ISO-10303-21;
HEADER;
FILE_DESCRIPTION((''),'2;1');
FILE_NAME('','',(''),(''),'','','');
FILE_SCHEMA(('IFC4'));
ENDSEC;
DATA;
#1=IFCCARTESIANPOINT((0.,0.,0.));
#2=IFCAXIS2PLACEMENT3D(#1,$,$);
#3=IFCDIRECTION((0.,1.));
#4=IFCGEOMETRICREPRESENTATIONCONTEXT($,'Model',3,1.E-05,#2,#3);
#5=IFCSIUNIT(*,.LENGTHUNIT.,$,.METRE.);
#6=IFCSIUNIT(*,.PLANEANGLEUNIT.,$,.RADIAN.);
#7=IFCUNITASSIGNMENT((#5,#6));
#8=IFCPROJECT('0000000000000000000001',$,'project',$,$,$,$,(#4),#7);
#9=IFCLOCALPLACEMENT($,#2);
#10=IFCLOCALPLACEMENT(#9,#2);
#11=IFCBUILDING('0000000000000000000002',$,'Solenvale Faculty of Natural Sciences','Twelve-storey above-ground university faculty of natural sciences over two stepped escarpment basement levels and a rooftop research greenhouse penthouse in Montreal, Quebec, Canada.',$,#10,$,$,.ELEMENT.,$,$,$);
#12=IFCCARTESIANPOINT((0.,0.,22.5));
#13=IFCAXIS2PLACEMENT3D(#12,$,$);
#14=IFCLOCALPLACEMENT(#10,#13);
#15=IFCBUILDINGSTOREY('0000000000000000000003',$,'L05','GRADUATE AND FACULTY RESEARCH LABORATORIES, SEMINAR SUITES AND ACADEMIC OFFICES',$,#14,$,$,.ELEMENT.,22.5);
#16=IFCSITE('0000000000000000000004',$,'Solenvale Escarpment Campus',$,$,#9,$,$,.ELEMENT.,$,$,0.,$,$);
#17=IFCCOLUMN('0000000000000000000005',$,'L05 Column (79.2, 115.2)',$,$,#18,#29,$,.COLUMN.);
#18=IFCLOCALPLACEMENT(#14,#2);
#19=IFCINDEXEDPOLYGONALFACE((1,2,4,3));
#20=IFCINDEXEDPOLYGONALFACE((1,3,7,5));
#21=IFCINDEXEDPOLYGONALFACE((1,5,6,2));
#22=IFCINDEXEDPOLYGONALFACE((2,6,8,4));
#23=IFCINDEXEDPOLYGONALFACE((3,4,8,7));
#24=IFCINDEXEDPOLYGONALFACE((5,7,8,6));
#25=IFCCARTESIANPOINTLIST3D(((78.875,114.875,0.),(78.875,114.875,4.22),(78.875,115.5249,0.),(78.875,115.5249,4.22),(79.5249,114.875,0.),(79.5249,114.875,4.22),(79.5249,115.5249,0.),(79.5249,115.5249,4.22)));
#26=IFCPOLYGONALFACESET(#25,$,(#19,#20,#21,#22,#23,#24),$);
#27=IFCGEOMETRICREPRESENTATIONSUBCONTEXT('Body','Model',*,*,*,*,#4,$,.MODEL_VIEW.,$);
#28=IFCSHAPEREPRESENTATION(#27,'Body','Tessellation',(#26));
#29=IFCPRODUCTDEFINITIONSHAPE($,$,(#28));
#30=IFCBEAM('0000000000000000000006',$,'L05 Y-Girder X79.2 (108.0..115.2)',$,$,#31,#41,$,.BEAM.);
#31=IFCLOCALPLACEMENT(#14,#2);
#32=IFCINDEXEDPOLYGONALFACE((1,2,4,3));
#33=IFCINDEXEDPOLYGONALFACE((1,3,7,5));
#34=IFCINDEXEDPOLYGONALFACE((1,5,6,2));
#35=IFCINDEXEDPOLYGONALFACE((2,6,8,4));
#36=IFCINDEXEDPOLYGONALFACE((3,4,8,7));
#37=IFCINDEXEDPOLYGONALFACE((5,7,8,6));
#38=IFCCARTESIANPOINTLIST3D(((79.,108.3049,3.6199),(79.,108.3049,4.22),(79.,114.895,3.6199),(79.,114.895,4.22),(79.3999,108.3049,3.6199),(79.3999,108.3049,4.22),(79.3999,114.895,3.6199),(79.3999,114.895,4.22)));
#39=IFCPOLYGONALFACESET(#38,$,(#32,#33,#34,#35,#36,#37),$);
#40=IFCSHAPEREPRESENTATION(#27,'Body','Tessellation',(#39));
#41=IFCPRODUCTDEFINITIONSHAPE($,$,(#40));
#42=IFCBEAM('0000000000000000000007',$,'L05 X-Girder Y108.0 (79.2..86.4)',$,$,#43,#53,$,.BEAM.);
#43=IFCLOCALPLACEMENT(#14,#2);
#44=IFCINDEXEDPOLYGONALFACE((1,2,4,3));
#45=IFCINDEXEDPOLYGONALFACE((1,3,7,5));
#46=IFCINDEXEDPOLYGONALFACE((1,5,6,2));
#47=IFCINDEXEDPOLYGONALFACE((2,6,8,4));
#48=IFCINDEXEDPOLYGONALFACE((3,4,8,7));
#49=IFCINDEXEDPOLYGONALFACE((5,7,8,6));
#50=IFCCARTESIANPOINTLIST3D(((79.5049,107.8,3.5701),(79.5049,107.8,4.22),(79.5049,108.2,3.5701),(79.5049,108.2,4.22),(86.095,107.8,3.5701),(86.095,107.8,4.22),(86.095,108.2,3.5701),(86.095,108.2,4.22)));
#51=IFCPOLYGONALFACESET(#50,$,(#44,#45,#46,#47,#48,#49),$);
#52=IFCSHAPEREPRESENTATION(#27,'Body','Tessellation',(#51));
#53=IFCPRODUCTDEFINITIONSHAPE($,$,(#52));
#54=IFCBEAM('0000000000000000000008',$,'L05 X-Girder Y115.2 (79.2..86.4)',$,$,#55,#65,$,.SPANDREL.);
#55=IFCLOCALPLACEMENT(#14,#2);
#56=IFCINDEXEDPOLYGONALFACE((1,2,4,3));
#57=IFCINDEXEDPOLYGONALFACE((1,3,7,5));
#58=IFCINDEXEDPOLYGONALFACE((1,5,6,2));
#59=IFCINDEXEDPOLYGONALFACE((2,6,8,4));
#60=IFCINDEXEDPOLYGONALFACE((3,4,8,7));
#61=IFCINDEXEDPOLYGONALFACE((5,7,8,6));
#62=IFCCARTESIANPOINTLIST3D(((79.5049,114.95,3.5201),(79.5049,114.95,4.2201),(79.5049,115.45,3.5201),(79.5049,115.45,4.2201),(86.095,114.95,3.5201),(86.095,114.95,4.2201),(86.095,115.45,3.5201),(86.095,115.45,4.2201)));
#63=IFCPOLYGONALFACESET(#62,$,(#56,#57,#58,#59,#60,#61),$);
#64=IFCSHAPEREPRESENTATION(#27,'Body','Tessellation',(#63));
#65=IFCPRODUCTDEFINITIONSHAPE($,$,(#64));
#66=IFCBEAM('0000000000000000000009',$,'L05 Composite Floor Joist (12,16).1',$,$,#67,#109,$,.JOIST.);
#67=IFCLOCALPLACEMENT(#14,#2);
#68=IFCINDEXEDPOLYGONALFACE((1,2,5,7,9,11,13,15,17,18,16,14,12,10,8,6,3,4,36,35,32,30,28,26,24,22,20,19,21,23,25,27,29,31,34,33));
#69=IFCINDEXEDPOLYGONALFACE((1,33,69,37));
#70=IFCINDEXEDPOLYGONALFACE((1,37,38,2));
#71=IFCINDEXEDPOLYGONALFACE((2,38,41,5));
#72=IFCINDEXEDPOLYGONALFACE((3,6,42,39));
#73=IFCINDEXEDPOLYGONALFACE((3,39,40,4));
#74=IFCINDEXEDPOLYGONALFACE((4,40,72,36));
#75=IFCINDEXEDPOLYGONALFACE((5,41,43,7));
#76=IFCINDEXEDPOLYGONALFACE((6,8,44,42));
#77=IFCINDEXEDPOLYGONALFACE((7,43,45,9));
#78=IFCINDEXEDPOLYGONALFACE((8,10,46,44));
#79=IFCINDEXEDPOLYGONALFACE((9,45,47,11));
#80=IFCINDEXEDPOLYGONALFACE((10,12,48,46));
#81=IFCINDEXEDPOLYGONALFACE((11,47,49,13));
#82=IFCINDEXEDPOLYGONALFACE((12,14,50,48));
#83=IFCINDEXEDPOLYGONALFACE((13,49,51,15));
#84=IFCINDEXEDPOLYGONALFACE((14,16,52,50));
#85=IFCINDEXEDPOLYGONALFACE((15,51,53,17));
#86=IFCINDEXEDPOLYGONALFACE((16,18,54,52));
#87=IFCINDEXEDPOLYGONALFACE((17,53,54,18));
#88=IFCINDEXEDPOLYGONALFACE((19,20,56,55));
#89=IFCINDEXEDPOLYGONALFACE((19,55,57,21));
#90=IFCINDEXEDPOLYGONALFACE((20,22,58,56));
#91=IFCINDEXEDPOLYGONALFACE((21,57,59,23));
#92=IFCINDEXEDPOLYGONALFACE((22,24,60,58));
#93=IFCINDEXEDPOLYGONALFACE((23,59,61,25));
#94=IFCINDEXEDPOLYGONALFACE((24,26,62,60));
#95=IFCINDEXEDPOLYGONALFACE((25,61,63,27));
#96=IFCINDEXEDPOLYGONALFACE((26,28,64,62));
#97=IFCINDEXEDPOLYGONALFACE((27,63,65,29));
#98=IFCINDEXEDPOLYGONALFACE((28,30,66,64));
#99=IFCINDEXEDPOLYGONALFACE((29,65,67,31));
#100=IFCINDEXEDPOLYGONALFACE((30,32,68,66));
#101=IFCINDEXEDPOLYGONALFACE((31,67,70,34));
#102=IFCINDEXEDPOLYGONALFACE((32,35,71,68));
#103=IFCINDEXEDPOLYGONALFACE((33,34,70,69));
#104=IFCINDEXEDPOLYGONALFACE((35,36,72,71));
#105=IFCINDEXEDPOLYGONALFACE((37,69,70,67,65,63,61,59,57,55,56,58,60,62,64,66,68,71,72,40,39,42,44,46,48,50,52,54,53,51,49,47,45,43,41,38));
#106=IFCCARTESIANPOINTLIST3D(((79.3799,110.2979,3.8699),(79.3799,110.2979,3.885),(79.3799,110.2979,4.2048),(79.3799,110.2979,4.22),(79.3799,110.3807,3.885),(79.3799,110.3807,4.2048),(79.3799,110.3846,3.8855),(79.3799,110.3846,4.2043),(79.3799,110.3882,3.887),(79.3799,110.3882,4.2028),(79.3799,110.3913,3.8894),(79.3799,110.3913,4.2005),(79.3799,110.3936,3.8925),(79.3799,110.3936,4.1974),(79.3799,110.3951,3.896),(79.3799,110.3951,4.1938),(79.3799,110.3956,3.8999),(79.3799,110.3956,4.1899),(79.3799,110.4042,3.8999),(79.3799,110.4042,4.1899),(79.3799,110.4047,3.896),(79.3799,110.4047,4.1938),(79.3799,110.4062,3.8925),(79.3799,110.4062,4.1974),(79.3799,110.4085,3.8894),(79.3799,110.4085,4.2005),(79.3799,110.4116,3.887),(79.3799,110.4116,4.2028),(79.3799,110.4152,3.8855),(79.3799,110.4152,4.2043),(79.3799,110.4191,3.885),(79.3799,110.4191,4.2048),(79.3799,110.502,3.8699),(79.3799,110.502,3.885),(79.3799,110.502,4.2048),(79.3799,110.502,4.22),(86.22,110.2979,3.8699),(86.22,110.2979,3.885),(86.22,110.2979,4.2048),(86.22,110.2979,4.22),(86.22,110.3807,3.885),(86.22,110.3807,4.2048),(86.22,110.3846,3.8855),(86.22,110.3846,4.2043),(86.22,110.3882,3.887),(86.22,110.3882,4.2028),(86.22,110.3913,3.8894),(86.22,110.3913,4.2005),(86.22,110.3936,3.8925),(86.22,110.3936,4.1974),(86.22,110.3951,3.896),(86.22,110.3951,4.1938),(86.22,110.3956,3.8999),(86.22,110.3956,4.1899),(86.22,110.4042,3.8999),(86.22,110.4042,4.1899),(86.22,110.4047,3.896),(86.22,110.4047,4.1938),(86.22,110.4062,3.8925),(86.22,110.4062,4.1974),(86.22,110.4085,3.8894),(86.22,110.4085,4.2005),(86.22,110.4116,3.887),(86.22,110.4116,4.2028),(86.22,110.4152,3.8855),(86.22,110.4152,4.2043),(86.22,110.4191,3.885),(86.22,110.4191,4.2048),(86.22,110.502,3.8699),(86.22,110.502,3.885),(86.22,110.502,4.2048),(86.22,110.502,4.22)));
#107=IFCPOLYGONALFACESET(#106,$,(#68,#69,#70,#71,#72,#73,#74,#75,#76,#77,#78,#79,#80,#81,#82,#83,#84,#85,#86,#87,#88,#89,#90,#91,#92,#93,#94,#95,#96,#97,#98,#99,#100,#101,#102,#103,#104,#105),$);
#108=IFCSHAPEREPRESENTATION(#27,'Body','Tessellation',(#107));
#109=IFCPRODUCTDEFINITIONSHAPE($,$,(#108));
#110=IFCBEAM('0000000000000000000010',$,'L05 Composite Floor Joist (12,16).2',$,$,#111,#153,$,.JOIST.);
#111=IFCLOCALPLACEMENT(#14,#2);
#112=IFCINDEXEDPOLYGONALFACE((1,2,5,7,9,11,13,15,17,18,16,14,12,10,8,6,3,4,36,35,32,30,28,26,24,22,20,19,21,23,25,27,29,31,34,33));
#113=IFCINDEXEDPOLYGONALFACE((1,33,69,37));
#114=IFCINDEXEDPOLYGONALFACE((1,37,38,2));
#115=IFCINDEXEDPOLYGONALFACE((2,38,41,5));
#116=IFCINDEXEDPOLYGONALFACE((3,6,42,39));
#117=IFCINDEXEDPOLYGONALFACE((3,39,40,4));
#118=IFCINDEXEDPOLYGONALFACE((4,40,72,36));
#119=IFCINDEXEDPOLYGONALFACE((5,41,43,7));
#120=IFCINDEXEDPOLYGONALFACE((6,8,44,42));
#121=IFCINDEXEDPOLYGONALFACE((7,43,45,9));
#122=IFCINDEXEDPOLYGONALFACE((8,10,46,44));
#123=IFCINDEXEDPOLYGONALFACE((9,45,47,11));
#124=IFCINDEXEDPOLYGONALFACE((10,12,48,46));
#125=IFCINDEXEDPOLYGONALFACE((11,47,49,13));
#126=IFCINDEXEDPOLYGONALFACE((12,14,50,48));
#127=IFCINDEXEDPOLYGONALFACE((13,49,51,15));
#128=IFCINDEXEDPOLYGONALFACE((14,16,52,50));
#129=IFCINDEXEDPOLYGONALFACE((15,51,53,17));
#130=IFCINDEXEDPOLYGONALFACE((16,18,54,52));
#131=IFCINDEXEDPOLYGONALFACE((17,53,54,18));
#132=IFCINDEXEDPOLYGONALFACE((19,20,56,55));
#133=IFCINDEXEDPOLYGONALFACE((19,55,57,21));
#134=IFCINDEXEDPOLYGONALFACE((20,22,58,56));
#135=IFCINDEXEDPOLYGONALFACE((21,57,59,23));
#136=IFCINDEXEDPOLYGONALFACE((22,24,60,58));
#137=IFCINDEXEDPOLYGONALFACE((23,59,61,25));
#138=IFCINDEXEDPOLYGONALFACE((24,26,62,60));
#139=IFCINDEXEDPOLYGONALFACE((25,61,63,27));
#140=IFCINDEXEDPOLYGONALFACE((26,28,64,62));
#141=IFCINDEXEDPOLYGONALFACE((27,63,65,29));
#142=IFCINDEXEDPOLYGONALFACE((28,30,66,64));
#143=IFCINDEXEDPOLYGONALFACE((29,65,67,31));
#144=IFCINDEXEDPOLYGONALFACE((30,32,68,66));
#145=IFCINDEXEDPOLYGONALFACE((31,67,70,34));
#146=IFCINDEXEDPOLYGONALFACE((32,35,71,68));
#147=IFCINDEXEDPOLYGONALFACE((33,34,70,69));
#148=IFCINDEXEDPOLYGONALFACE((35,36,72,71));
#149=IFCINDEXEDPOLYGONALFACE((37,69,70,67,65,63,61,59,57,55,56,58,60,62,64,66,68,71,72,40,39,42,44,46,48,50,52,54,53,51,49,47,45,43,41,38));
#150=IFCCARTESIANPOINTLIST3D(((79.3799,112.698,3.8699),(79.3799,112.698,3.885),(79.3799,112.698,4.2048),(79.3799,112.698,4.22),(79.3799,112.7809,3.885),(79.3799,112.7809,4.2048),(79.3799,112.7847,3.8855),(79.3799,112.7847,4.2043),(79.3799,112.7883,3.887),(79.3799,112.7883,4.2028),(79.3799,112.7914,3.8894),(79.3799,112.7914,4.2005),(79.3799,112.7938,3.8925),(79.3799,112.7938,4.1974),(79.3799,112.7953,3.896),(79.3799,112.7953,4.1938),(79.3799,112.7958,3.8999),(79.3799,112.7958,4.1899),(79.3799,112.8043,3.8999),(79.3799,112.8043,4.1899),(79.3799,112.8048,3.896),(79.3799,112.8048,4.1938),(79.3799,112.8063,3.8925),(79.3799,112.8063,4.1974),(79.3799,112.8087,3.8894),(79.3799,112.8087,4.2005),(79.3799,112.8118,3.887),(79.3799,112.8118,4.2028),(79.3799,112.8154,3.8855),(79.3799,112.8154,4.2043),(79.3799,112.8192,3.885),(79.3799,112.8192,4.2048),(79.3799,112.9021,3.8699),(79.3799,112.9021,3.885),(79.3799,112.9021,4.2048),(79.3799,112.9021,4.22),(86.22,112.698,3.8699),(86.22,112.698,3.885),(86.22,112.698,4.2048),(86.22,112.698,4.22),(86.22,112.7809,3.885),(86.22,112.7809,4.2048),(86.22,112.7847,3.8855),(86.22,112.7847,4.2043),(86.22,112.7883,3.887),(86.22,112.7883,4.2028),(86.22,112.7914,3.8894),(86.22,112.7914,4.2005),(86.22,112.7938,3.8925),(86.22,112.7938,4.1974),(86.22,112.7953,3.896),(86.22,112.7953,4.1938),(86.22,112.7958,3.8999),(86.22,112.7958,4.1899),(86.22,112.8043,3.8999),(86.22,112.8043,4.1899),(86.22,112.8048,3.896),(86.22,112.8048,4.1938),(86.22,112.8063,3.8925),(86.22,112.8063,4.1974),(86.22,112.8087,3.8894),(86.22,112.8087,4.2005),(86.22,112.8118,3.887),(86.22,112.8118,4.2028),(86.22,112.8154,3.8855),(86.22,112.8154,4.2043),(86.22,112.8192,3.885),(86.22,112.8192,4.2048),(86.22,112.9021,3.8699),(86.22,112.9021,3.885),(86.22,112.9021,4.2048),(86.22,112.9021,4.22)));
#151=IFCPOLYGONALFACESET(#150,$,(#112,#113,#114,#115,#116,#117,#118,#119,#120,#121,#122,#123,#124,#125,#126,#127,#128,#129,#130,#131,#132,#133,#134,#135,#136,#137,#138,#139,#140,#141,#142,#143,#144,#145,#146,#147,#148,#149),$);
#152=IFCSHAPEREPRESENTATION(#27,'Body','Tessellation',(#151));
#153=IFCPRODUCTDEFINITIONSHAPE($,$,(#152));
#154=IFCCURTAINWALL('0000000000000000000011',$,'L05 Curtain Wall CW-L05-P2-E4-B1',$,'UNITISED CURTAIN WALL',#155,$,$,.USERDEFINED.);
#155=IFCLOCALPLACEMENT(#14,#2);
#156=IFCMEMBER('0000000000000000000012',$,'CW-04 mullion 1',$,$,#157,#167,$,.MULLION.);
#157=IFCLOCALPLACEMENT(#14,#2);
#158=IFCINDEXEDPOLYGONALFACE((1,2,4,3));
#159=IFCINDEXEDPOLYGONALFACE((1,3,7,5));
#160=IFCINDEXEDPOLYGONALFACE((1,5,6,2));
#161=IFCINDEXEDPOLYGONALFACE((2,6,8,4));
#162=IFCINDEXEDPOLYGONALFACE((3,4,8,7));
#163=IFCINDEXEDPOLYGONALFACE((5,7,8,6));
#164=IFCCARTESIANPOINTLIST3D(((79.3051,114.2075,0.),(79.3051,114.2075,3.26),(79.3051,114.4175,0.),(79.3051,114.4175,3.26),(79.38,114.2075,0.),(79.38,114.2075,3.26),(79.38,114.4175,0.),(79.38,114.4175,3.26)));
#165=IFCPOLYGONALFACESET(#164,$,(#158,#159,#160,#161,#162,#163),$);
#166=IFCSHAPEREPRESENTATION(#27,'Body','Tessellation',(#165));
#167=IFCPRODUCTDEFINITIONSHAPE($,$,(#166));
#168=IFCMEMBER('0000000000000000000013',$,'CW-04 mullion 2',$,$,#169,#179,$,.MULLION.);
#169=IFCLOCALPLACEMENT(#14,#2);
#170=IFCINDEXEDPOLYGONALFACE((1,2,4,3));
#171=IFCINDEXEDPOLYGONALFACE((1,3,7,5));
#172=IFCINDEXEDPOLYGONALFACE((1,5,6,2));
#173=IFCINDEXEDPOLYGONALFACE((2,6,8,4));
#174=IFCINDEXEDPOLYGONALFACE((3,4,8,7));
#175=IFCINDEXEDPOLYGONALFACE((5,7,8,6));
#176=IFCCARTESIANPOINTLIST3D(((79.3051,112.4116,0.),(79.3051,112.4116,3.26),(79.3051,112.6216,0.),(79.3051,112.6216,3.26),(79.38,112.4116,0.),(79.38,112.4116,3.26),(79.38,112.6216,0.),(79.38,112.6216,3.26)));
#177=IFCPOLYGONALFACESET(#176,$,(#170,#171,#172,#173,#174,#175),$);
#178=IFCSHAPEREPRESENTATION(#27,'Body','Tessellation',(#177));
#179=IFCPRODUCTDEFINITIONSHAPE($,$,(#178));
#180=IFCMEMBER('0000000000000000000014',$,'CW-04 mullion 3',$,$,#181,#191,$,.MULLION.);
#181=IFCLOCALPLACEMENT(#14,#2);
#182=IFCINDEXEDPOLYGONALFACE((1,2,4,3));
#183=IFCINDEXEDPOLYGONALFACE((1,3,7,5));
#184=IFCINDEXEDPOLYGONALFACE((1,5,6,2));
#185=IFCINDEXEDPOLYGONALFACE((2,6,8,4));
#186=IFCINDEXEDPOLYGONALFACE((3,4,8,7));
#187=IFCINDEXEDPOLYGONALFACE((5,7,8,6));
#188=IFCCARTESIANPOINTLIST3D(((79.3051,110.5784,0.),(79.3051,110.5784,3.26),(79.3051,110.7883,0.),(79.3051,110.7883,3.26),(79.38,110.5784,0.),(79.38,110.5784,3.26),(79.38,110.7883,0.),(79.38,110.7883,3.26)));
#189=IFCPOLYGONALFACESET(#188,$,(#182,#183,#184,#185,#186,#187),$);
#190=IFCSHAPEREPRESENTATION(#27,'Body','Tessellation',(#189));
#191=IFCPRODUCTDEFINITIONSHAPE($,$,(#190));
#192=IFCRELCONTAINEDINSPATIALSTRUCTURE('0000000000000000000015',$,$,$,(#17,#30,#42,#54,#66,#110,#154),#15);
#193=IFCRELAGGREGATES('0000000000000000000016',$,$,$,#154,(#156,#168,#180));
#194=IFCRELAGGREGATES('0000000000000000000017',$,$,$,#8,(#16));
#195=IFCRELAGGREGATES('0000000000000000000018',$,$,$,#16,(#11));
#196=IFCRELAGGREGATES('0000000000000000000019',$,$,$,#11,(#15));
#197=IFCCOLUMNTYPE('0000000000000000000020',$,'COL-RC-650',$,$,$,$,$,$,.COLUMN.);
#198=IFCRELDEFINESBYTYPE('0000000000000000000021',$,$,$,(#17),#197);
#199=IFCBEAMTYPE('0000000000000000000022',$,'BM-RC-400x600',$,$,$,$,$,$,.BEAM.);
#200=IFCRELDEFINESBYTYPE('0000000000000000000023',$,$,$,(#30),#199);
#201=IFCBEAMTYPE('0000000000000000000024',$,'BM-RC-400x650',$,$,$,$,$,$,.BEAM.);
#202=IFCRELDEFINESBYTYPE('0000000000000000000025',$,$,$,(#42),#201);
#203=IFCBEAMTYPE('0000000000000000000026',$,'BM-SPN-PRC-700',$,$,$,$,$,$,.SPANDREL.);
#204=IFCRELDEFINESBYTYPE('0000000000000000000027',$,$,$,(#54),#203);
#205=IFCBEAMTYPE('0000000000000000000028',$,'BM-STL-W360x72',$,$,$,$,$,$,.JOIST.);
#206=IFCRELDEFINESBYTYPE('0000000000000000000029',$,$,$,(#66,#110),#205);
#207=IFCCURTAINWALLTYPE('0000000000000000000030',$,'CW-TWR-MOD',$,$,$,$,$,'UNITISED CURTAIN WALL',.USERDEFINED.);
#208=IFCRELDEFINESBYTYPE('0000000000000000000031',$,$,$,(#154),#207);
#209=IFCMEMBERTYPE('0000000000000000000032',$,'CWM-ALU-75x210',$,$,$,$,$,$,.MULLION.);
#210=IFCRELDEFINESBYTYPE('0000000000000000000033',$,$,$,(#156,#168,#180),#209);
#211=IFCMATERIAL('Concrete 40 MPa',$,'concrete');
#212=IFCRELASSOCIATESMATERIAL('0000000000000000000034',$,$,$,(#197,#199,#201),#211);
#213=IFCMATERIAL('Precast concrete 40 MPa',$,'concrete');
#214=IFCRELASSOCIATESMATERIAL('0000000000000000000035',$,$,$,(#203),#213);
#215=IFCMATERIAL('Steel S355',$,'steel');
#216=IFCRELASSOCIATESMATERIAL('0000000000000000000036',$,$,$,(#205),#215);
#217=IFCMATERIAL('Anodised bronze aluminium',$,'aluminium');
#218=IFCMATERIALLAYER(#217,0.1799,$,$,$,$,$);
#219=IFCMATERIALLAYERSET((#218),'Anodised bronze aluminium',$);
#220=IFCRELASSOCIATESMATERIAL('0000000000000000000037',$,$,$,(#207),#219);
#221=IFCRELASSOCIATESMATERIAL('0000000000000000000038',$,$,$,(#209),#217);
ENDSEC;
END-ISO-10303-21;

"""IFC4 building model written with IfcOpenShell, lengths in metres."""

from ifc_helpers import new_model, si_unit, direction, frame, origin, origin_2d, place, context, subcontext, project, spatial, rectangle, i_section, extrude, material, layer, layer_set, material_profile, profile_set, type_object, element, aggregate, save


model = new_model("IFC4")

# Units and contexts
model_context = context("Model", 3, precision=1e-05, world=origin(), true_north=direction((0.0, 1.0)))
body_context = subcontext(model_context, "Body", "Model", "MODEL_VIEW")
ifc_project = project(units=[si_unit("LENGTHUNIT", "METRE"), si_unit("PLANEANGLEUNIT", "RADIAN")], contexts=[model_context])

# Site, building, storey
site_placement = place(None, origin())
site = spatial("IfcSite", under=ifc_project, at=site_placement, Name="Solenvale Escarpment Campus", CompositionType="ELEMENT", RefElevation=0.0)
building_placement = place(site_placement, origin())
building = spatial("IfcBuilding", under=site, at=building_placement, Name="Solenvale Faculty of Natural Sciences", Description="Twelve-storey above-ground university faculty of natural sciences over two stepped escarpment basement levels and a rooftop research greenhouse penthouse in Montreal, Quebec, Canada.", CompositionType="ELEMENT")
storey_placement = place(building_placement, frame((0.0, 0.0, 22.5)))
storey = spatial("IfcBuildingStorey", under=building, at=storey_placement, Name="L05", Description="GRADUATE AND FACULTY RESEARCH LABORATORIES, SEMINAR SUITES AND ACADEMIC OFFICES", CompositionType="ELEMENT", Elevation=22.5)

# Column
ifc_material_1 = material(Name="Concrete 40 MPa", Category="concrete")
ifc_material_profile_1 = material_profile(ifc_material_1, rectangle(XDim=0.6499, YDim=0.6499, at=origin_2d()), Name="RC-COL-650x650")
ifc_profile_set_1 = profile_set([ifc_material_profile_1], Name="Concrete 40 MPa")
column_type = type_object("IfcColumnType", Name="COL-RC-650", PredefinedType="COLUMN", material=ifc_profile_set_1)
column_placement = place(storey_placement, frame((79.2, 115.2, 0.0), z_axis=(0.0, 0.0, 1.0), x_axis=(1.0, 0.0, 0.0)))
element("IfcColumn", 1, at=column_placement, inside=storey, type_object=column_type, Name="L05 Column (79.2, 115.2)", PredefinedType="COLUMN", context=body_context, shape_type="SweptSolid", body=[
    extrude(rectangle(XDim=0.6499, YDim=0.6499, at=origin_2d()), origin(), (0.0, 0.0, 1.0), 4.22),
])

# Beams
ifc_material_profile_2 = material_profile(ifc_material_1, rectangle(XDim=0.3999, YDim=0.6001, at=origin_2d()), Name="RC-BM-400x600")
ifc_profile_set_2 = profile_set([ifc_material_profile_2], Name="Concrete 40 MPa")
beam_type_1 = type_object("IfcBeamType", Name="BM-RC-400x600", PredefinedType="BEAM", material=ifc_profile_set_2)
beam_1_placement = place(storey_placement, frame((79.2, 108.3049, 3.9199), z_axis=(0.0, 1.0, 0.0), x_axis=(-1.0, 0.0, 0.0)))
element("IfcBeam", 2, at=beam_1_placement, inside=storey, type_object=beam_type_1, Name="L05 Y-Girder X79.2 (108.0..115.2)", PredefinedType="BEAM", context=body_context, shape_type="SweptSolid", body=[
    extrude(rectangle(XDim=0.3999, YDim=0.6001, at=origin_2d()), origin(), (0.0, 0.0, 1.0), 6.5901),
])
ifc_material_profile_3 = material_profile(ifc_material_1, rectangle(XDim=0.3999, YDim=0.6499, at=origin_2d()), Name="RC-BM-400x650")
ifc_profile_set_3 = profile_set([ifc_material_profile_3], Name="Concrete 40 MPa")
beam_type_2 = type_object("IfcBeamType", Name="BM-RC-400x650", PredefinedType="BEAM", material=ifc_profile_set_3)
beam_2_placement = place(storey_placement, frame((79.5049, 108.0, 3.895), z_axis=(1.0, 0.0, 0.0), x_axis=(0.0, 1.0, 0.0)))
element("IfcBeam", 3, at=beam_2_placement, inside=storey, type_object=beam_type_2, Name="L05 X-Girder Y108.0 (79.2..86.4)", PredefinedType="BEAM", context=body_context, shape_type="SweptSolid", body=[
    extrude(rectangle(XDim=0.3999, YDim=0.6499, at=origin_2d()), origin(), (0.0, 0.0, 1.0), 6.5901),
])
ifc_material_2 = material(Name="Precast concrete 40 MPa", Category="concrete")
ifc_material_profile_4 = material_profile(ifc_material_2, rectangle(XDim=0.5, YDim=0.7, at=origin_2d()), Name="RC-BM-500x700")
ifc_profile_set_4 = profile_set([ifc_material_profile_4], Name="Precast concrete 40 MPa")
beam_type_3 = type_object("IfcBeamType", Name="BM-SPN-PRC-700", PredefinedType="SPANDREL", material=ifc_profile_set_4)
beam_3_placement = place(storey_placement, frame((79.5049, 115.2, 3.8701), z_axis=(1.0, 0.0, 0.0), x_axis=(0.0, 1.0, 0.0)))
element("IfcBeam", 4, at=beam_3_placement, inside=storey, type_object=beam_type_3, Name="L05 X-Girder Y115.2 (79.2..86.4)", PredefinedType="SPANDREL", context=body_context, shape_type="SweptSolid", body=[
    extrude(rectangle(XDim=0.5, YDim=0.7, at=origin_2d()), origin(), (0.0, 0.0, 1.0), 6.5901),
])
ifc_material_3 = material(Name="Steel S355", Category="steel")
ifc_material_profile_5 = material_profile(ifc_material_3, i_section(OverallWidth=0.2041, OverallDepth=0.3501, WebThickness=0.0085, FlangeThickness=0.0151, FilletRadius=0.0149, at=origin_2d()), Name="W360x72")
ifc_profile_set_5 = profile_set([ifc_material_profile_5], Name="Steel S355")
beam_type_4 = type_object("IfcBeamType", Name="BM-STL-W360x72", PredefinedType="JOIST", material=ifc_profile_set_5)
for number, where, z_axis, x_axis, name in (
    (5, (79.3799, 110.3999, 4.0449), (1.0, 0.0, 0.0), (0.0, 1.0, 0.0), "L05 Composite Floor Joist (12,16).1"),
    (6, (79.3799, 112.8, 4.0449), (1.0, 0.0, 0.0), (0.0, 1.0, 0.0), "L05 Composite Floor Joist (12,16).2"),
):
    element("IfcBeam", number, at=place(storey_placement, frame(where, z_axis=z_axis, x_axis=x_axis)), inside=storey, type_object=beam_type_4, Name=name, PredefinedType="JOIST", context=body_context, shape_type="SweptSolid", body=[
        extrude(i_section(OverallWidth=0.2041, OverallDepth=0.3501, WebThickness=0.0085, FlangeThickness=0.0151, FilletRadius=0.0149, at=origin_2d()), origin(), (0.0, 0.0, 1.0), 6.8401),
    ])

# Curtain wall, members
ifc_material_4 = material(Name="Anodised bronze aluminium", Category="aluminium")
ifc_layer_1 = layer(ifc_material_4, 0.1799)
ifc_layer_set_1 = layer_set([ifc_layer_1], Name="Anodised bronze aluminium")
curtain_wall_type = type_object("IfcCurtainWallType", Name="CW-TWR-MOD", ElementType="UNITISED CURTAIN WALL", PredefinedType="USERDEFINED", material=ifc_layer_set_1)
curtain_wall_placement = place(storey_placement, origin())
curtain_wall = element("IfcCurtainWall", 7, at=curtain_wall_placement, inside=storey, type_object=curtain_wall_type, Name="L05 Curtain Wall CW-L05-P2-E4-B1", ObjectType="UNITISED CURTAIN WALL", PredefinedType="USERDEFINED")
ifc_material_profile_6 = material_profile(ifc_material_4, rectangle(XDim=0.075, YDim=0.21, at=origin_2d()), Name="ALU-MUL-75x210")
ifc_profile_set_6 = profile_set([ifc_material_profile_6], Name="Anodised bronze aluminium")
member_type_1 = type_object("IfcMemberType", Name="CWM-ALU-75x210", PredefinedType="MULLION", material=ifc_profile_set_6)
member_1_placement = place(storey_placement, frame((79.3425, 114.3125, 0.0), z_axis=(0.0, 0.0, 1.0), x_axis=(1.0, 0.0, 0.0)))
member_1 = element("IfcMember", 8, at=member_1_placement, type_object=member_type_1, Name="CW-04 mullion 1", PredefinedType="MULLION", context=body_context, shape_type="SweptSolid", body=[
    extrude(rectangle(XDim=0.075, YDim=0.21, at=origin_2d()), origin(), (0.0, 0.0, 1.0), 3.26),
])
member_2_placement = place(storey_placement, frame((79.3425, 112.5166, 0.0), z_axis=(0.0, 0.0, 1.0), x_axis=(1.0, 0.0, 0.0)))
member_2 = element("IfcMember", 9, at=member_2_placement, type_object=member_type_1, Name="CW-04 mullion 2", PredefinedType="MULLION", context=body_context, shape_type="SweptSolid", body=[
    extrude(rectangle(XDim=0.075, YDim=0.21, at=origin_2d()), origin(), (0.0, 0.0, 1.0), 3.26),
])
member_3_placement = place(storey_placement, frame((79.3425, 110.6833, 0.0), z_axis=(0.0, 0.0, 1.0), x_axis=(1.0, 0.0, 0.0)))
member_3 = element("IfcMember", 10, at=member_3_placement, type_object=member_type_1, Name="CW-04 mullion 3", PredefinedType="MULLION", context=body_context, shape_type="SweptSolid", body=[
    extrude(rectangle(XDim=0.075, YDim=0.21, at=origin_2d()), origin(), (0.0, 0.0, 1.0), 3.26),
])
aggregate(curtain_wall, [member_1, member_2, member_3])

save(model, "model.ifc")
